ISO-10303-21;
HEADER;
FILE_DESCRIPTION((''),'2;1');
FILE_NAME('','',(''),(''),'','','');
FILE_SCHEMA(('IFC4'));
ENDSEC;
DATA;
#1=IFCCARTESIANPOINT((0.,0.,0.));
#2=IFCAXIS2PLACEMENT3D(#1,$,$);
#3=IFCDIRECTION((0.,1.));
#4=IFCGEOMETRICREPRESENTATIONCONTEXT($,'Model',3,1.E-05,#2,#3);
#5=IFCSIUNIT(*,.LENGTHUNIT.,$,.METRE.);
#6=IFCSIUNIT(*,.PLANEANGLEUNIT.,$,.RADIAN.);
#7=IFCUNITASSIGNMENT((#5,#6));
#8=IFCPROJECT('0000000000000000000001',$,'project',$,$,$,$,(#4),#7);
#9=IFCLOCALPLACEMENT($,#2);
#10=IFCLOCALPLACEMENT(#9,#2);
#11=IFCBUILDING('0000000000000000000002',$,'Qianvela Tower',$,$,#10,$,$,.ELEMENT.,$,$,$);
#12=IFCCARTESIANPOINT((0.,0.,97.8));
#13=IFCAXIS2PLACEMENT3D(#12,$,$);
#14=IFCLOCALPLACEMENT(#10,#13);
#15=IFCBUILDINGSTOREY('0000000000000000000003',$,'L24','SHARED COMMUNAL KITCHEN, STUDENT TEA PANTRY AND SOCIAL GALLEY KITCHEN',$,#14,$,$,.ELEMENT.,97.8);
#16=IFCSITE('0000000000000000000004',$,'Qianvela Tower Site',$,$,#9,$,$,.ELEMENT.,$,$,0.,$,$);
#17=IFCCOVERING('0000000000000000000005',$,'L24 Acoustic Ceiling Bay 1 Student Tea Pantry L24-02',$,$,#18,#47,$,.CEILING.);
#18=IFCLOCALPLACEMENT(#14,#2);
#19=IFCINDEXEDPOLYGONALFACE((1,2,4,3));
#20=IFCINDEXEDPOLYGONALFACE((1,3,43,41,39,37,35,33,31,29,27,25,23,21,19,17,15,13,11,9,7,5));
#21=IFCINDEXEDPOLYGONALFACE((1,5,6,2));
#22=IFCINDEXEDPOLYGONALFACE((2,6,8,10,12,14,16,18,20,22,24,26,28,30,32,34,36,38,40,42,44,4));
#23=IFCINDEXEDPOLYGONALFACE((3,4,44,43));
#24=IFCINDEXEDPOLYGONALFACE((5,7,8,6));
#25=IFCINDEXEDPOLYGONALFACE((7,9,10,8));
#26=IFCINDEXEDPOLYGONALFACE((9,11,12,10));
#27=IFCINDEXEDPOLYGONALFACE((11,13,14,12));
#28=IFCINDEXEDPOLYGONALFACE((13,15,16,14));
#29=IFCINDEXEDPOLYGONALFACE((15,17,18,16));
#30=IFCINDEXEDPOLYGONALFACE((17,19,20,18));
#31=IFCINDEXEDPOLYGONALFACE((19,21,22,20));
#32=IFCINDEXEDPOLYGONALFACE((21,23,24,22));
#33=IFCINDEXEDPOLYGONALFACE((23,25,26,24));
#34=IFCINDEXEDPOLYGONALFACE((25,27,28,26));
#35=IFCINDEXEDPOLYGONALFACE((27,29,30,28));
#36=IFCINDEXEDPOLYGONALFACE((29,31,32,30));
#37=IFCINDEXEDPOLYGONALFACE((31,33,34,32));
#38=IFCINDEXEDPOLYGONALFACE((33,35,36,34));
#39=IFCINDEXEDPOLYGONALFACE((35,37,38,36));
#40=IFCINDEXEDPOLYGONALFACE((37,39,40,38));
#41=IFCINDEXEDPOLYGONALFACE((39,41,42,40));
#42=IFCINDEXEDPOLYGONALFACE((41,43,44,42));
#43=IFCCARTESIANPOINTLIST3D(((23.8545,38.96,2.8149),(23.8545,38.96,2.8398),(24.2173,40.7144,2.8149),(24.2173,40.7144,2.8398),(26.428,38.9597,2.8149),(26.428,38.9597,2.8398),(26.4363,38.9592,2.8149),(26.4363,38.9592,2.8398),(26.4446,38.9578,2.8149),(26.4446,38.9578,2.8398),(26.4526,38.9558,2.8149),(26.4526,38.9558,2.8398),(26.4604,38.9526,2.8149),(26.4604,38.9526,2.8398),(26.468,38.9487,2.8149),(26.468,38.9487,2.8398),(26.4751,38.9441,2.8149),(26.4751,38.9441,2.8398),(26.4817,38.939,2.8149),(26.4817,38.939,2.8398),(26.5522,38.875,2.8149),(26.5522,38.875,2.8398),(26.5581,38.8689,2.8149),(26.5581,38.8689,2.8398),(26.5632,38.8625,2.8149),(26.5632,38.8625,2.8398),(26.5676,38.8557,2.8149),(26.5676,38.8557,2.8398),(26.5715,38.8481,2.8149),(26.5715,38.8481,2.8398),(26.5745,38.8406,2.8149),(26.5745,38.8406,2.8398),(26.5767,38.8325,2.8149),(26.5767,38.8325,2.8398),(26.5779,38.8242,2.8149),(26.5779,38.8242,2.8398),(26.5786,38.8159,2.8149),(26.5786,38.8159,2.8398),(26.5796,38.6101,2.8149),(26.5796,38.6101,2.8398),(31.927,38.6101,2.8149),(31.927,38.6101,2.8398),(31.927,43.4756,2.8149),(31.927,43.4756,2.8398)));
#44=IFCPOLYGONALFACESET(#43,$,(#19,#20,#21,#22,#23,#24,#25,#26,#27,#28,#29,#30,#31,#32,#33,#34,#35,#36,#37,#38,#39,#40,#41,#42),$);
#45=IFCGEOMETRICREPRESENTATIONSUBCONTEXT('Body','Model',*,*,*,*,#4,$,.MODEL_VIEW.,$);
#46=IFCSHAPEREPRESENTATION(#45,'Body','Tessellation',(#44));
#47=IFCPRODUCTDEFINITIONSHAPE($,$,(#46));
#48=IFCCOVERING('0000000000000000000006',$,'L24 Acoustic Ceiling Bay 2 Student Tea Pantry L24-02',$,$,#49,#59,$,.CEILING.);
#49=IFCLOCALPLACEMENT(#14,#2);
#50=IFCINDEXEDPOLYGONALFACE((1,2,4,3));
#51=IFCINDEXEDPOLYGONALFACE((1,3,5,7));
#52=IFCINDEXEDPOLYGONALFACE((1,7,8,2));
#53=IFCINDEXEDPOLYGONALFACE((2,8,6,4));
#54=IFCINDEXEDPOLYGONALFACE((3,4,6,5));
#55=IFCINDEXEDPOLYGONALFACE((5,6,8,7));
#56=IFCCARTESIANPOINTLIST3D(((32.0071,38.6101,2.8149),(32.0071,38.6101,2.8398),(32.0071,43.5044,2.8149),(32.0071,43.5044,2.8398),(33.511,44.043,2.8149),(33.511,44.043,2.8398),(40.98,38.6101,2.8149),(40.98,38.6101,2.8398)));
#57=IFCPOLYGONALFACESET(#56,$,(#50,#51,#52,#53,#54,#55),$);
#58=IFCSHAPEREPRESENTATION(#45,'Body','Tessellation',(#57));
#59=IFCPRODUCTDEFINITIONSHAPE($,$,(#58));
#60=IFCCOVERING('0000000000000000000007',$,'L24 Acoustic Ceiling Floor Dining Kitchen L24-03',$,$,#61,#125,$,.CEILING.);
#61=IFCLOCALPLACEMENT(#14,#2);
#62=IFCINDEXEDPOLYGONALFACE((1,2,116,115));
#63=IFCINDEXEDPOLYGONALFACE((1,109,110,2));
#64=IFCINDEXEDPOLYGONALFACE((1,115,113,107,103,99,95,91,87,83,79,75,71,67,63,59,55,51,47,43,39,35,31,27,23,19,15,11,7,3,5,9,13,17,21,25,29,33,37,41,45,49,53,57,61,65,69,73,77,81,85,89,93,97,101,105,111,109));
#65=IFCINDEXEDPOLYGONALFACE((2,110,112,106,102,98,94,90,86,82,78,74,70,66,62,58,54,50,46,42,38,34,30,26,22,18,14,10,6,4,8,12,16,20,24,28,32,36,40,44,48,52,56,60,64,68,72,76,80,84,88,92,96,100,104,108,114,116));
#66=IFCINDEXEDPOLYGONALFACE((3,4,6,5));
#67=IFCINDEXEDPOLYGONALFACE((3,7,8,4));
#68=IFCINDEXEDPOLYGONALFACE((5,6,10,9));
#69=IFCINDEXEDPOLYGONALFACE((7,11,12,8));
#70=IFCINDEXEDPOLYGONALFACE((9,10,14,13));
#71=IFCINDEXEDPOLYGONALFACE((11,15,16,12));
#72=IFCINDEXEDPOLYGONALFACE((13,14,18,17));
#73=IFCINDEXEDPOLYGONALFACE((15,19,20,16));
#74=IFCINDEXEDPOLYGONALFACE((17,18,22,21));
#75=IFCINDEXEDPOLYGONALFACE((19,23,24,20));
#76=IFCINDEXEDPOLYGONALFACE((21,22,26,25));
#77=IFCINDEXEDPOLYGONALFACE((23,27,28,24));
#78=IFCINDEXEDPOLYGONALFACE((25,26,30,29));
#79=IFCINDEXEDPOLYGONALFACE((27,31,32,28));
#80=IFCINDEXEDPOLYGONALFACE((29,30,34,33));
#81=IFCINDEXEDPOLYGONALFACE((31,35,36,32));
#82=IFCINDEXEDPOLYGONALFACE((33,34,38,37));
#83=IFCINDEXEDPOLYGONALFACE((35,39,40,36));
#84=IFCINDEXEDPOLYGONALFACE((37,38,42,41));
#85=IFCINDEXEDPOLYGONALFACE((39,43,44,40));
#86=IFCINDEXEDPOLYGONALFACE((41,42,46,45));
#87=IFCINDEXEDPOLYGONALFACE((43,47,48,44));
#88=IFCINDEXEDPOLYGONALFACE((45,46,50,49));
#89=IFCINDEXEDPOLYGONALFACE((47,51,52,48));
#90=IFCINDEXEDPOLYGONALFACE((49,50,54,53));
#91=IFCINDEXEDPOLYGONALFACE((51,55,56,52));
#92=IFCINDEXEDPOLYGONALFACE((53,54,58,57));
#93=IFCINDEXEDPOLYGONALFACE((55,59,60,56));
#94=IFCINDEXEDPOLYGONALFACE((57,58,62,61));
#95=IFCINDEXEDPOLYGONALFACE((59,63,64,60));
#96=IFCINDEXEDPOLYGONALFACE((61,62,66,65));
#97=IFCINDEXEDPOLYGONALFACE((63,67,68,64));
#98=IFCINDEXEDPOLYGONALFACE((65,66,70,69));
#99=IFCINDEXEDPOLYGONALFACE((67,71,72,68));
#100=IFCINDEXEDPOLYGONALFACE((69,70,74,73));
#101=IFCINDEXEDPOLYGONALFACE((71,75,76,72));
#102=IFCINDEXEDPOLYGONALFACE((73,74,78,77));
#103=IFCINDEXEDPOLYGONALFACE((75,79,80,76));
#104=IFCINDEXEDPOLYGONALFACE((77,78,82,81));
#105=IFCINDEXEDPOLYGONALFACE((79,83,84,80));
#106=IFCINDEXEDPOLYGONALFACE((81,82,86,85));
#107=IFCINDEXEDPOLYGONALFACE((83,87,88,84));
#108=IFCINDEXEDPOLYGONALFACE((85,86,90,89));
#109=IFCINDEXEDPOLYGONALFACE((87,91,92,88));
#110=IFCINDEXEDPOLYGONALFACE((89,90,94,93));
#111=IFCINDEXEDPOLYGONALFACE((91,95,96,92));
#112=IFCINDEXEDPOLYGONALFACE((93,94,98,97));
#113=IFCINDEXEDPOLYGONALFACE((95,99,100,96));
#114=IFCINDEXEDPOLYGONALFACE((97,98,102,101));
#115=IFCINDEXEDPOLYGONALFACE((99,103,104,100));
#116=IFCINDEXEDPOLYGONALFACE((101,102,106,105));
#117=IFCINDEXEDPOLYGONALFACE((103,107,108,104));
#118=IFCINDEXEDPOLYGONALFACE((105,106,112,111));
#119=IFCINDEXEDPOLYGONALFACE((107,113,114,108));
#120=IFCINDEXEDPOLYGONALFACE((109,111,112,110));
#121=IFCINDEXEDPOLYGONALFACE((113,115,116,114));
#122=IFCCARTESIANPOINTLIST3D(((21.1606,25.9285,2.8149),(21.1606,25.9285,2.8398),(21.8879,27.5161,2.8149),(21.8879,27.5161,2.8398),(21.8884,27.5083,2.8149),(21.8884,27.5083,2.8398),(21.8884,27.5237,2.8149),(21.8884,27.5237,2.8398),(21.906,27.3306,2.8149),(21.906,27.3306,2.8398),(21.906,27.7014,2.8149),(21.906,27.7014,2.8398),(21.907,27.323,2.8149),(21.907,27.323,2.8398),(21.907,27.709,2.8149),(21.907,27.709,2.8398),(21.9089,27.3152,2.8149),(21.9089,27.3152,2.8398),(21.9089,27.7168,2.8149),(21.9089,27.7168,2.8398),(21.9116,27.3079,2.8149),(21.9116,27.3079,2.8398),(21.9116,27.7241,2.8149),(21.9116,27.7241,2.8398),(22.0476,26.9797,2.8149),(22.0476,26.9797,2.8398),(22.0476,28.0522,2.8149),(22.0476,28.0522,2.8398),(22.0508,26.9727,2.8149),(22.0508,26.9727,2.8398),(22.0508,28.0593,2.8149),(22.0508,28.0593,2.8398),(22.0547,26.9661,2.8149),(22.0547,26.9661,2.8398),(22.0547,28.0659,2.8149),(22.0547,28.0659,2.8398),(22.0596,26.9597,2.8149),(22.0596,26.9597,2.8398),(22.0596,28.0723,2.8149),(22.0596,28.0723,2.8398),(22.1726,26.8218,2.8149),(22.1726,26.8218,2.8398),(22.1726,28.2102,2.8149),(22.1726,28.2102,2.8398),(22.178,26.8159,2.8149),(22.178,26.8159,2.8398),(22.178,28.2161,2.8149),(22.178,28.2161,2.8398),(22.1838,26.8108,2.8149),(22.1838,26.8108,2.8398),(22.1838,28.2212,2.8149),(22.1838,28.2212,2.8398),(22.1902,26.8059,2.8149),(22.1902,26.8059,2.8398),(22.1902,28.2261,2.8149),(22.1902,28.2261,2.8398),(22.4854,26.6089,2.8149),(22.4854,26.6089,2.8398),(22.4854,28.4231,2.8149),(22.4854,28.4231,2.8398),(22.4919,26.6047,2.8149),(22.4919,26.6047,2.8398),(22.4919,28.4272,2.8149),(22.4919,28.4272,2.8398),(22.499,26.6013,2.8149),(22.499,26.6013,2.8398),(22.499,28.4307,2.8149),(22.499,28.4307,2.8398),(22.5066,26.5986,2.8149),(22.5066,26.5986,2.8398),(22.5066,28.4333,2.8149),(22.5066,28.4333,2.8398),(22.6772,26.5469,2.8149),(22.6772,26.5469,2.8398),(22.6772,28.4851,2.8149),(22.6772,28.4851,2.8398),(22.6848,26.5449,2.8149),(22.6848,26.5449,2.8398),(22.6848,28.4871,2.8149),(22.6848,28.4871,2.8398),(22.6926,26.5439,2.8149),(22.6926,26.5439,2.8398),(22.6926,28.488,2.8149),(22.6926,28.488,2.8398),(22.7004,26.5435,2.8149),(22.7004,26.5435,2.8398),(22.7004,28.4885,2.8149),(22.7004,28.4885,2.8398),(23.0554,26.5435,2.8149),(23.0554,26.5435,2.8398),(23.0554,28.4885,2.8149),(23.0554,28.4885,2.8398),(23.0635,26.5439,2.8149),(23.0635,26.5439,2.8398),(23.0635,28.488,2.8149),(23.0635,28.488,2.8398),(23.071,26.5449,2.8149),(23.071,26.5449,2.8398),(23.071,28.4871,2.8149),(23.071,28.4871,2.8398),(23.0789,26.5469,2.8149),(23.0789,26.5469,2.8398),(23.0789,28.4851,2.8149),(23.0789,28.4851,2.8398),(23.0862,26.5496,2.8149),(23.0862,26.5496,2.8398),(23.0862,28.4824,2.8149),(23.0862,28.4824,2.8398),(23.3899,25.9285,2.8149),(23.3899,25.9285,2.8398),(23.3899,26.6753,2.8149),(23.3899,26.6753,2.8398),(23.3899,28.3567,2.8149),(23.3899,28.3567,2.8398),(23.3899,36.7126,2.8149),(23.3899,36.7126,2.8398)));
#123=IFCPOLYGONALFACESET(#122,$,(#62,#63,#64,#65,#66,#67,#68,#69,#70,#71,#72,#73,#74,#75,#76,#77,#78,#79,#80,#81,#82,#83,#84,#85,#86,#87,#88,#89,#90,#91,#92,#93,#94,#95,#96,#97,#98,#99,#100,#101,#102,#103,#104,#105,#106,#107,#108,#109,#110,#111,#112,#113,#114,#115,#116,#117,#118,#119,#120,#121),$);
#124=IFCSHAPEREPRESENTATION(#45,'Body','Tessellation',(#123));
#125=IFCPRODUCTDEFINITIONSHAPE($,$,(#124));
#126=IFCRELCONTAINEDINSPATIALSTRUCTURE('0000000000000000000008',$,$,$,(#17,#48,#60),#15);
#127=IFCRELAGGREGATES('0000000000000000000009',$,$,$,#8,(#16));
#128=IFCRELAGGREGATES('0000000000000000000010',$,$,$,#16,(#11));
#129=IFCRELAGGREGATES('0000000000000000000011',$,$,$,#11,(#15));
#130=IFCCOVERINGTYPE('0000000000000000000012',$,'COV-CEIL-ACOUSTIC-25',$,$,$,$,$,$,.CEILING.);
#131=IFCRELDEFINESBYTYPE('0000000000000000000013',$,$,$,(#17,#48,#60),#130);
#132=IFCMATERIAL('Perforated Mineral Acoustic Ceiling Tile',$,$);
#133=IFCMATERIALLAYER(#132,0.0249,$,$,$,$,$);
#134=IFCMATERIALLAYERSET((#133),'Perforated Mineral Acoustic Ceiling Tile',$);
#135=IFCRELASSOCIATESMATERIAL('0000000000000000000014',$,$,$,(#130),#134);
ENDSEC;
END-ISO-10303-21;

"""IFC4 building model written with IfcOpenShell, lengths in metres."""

from ifc_helpers import new_model, si_unit, direction, frame, origin, place, context, subcontext, project, spatial, polyline, outline, extrude, material, layer, layer_set, type_object, element, save


model = new_model("IFC4")

# Units and contexts
model_context = context("Model", 3, precision=1e-05, world=origin(), true_north=direction((0.0, 1.0)))
body_context = subcontext(model_context, "Body", "Model", "MODEL_VIEW")
ifc_project = project(units=[si_unit("LENGTHUNIT", "METRE"), si_unit("PLANEANGLEUNIT", "RADIAN")], contexts=[model_context])

# Site, building, storey
site_placement = place(None, origin())
site = spatial("IfcSite", under=ifc_project, at=site_placement, Name="Qianvela Tower Site", CompositionType="ELEMENT", RefElevation=0.0)
building_placement = place(site_placement, origin())
building = spatial("IfcBuilding", under=site, at=building_placement, Name="Qianvela Tower", CompositionType="ELEMENT")
storey_placement = place(building_placement, frame((0.0, 0.0, 97.8)))
storey = spatial("IfcBuildingStorey", under=building, at=storey_placement, Name="L24", Description="SHARED COMMUNAL KITCHEN, STUDENT TEA PANTRY AND SOCIAL GALLEY KITCHEN", CompositionType="ELEMENT", Elevation=97.8)

# Coverings
ifc_material_1 = material(Name="Perforated Mineral Acoustic Ceiling Tile")
ifc_layer_1 = layer(ifc_material_1, 0.0249)
ifc_layer_set_1 = layer_set([ifc_layer_1], Name="Perforated Mineral Acoustic Ceiling Tile")
covering_type_1 = type_object("IfcCoveringType", Name="COV-CEIL-ACOUSTIC-25", PredefinedType="CEILING", material=ifc_layer_set_1)
covering_1_placement = place(storey_placement, frame((0.0, 0.0, 2.8149)))
element("IfcCovering", 1, at=covering_1_placement, inside=storey, type_object=covering_type_1, Name="L24 Acoustic Ceiling Bay 1 Student Tea Pantry L24-02", PredefinedType="CEILING", context=body_context, shape_type="SweptSolid", body=[
    extrude(outline(polyline([(26.5779, 38.8242), (26.5767, 38.8325), (26.5745, 38.8406), (26.5715, 38.8481), (26.5676, 38.8557), (26.5632, 38.8625), (26.5581, 38.8689), (26.5522, 38.875), (26.4817, 38.939), (26.4751, 38.9441), (26.468, 38.9487), (26.4604, 38.9526), (26.4526, 38.9558), (26.4446, 38.9578), (26.4363, 38.9592), (26.428, 38.9597), (23.8545, 38.96), (24.2173, 40.7144), (31.927, 43.4756), (31.927, 38.6101), (26.5796, 38.6101), (26.5786, 38.8159), (26.5779, 38.8242)])), origin(), (0.0, 0.0, 1.0), 0.0249),
])
covering_2_placement = place(storey_placement, frame((0.0, 0.0, 2.8149)))
element("IfcCovering", 2, at=covering_2_placement, inside=storey, type_object=covering_type_1, Name="L24 Acoustic Ceiling Bay 2 Student Tea Pantry L24-02", PredefinedType="CEILING", context=body_context, shape_type="SweptSolid", body=[
    extrude(outline(polyline([(33.511, 44.043), (40.98, 38.6101), (32.0071, 38.6101), (32.0071, 43.5044), (33.511, 44.043)])), origin(), (0.0, 0.0, 1.0), 0.0249),
])
covering_3_placement = place(storey_placement, frame((0.0, 0.0, 2.8149)))
element("IfcCovering", 3, at=covering_3_placement, inside=storey, type_object=covering_type_1, Name="L24 Acoustic Ceiling Floor Dining Kitchen L24-03", PredefinedType="CEILING", context=body_context, shape_type="SweptSolid", body=[
    extrude(outline(polyline([(23.3899, 26.6753), (23.3899, 25.9285), (21.1606, 25.9285), (23.3899, 36.7126), (23.3899, 28.3567), (23.0862, 28.4824), (23.0789, 28.4851), (23.071, 28.4871), (23.0635, 28.488), (23.0554, 28.4885), (22.7004, 28.4885), (22.6926, 28.488), (22.6848, 28.4871), (22.6772, 28.4851), (22.5066, 28.4333), (22.499, 28.4307), (22.4919, 28.4272), (22.4854, 28.4231), (22.1902, 28.2261), (22.1838, 28.2212), (22.178, 28.2161), (22.1726, 28.2102), (22.0596, 28.0723), (22.0547, 28.0659), (22.0508, 28.0593), (22.0476, 28.0522), (21.9116, 27.7241), (21.9089, 27.7168), (21.907, 27.709), (21.906, 27.7014), (21.8884, 27.5237), (21.8879, 27.5161), (21.8884, 27.5083), (21.906, 27.3306), (21.907, 27.323), (21.9089, 27.3152), (21.9116, 27.3079), (22.0476, 26.9797), (22.0508, 26.9727), (22.0547, 26.9661), (22.0596, 26.9597), (22.1726, 26.8218), (22.178, 26.8159), (22.1838, 26.8108), (22.1902, 26.8059), (22.4854, 26.6089), (22.4919, 26.6047), (22.499, 26.6013), (22.5066, 26.5986), (22.6772, 26.5469), (22.6848, 26.5449), (22.6926, 26.5439), (22.7004, 26.5435), (23.0554, 26.5435), (23.0635, 26.5439), (23.071, 26.5449), (23.0789, 26.5469), (23.0862, 26.5496), (23.3899, 26.6753)])), origin(), (0.0, 0.0, 1.0), 0.0249),
])

save(model, "model.ifc")
